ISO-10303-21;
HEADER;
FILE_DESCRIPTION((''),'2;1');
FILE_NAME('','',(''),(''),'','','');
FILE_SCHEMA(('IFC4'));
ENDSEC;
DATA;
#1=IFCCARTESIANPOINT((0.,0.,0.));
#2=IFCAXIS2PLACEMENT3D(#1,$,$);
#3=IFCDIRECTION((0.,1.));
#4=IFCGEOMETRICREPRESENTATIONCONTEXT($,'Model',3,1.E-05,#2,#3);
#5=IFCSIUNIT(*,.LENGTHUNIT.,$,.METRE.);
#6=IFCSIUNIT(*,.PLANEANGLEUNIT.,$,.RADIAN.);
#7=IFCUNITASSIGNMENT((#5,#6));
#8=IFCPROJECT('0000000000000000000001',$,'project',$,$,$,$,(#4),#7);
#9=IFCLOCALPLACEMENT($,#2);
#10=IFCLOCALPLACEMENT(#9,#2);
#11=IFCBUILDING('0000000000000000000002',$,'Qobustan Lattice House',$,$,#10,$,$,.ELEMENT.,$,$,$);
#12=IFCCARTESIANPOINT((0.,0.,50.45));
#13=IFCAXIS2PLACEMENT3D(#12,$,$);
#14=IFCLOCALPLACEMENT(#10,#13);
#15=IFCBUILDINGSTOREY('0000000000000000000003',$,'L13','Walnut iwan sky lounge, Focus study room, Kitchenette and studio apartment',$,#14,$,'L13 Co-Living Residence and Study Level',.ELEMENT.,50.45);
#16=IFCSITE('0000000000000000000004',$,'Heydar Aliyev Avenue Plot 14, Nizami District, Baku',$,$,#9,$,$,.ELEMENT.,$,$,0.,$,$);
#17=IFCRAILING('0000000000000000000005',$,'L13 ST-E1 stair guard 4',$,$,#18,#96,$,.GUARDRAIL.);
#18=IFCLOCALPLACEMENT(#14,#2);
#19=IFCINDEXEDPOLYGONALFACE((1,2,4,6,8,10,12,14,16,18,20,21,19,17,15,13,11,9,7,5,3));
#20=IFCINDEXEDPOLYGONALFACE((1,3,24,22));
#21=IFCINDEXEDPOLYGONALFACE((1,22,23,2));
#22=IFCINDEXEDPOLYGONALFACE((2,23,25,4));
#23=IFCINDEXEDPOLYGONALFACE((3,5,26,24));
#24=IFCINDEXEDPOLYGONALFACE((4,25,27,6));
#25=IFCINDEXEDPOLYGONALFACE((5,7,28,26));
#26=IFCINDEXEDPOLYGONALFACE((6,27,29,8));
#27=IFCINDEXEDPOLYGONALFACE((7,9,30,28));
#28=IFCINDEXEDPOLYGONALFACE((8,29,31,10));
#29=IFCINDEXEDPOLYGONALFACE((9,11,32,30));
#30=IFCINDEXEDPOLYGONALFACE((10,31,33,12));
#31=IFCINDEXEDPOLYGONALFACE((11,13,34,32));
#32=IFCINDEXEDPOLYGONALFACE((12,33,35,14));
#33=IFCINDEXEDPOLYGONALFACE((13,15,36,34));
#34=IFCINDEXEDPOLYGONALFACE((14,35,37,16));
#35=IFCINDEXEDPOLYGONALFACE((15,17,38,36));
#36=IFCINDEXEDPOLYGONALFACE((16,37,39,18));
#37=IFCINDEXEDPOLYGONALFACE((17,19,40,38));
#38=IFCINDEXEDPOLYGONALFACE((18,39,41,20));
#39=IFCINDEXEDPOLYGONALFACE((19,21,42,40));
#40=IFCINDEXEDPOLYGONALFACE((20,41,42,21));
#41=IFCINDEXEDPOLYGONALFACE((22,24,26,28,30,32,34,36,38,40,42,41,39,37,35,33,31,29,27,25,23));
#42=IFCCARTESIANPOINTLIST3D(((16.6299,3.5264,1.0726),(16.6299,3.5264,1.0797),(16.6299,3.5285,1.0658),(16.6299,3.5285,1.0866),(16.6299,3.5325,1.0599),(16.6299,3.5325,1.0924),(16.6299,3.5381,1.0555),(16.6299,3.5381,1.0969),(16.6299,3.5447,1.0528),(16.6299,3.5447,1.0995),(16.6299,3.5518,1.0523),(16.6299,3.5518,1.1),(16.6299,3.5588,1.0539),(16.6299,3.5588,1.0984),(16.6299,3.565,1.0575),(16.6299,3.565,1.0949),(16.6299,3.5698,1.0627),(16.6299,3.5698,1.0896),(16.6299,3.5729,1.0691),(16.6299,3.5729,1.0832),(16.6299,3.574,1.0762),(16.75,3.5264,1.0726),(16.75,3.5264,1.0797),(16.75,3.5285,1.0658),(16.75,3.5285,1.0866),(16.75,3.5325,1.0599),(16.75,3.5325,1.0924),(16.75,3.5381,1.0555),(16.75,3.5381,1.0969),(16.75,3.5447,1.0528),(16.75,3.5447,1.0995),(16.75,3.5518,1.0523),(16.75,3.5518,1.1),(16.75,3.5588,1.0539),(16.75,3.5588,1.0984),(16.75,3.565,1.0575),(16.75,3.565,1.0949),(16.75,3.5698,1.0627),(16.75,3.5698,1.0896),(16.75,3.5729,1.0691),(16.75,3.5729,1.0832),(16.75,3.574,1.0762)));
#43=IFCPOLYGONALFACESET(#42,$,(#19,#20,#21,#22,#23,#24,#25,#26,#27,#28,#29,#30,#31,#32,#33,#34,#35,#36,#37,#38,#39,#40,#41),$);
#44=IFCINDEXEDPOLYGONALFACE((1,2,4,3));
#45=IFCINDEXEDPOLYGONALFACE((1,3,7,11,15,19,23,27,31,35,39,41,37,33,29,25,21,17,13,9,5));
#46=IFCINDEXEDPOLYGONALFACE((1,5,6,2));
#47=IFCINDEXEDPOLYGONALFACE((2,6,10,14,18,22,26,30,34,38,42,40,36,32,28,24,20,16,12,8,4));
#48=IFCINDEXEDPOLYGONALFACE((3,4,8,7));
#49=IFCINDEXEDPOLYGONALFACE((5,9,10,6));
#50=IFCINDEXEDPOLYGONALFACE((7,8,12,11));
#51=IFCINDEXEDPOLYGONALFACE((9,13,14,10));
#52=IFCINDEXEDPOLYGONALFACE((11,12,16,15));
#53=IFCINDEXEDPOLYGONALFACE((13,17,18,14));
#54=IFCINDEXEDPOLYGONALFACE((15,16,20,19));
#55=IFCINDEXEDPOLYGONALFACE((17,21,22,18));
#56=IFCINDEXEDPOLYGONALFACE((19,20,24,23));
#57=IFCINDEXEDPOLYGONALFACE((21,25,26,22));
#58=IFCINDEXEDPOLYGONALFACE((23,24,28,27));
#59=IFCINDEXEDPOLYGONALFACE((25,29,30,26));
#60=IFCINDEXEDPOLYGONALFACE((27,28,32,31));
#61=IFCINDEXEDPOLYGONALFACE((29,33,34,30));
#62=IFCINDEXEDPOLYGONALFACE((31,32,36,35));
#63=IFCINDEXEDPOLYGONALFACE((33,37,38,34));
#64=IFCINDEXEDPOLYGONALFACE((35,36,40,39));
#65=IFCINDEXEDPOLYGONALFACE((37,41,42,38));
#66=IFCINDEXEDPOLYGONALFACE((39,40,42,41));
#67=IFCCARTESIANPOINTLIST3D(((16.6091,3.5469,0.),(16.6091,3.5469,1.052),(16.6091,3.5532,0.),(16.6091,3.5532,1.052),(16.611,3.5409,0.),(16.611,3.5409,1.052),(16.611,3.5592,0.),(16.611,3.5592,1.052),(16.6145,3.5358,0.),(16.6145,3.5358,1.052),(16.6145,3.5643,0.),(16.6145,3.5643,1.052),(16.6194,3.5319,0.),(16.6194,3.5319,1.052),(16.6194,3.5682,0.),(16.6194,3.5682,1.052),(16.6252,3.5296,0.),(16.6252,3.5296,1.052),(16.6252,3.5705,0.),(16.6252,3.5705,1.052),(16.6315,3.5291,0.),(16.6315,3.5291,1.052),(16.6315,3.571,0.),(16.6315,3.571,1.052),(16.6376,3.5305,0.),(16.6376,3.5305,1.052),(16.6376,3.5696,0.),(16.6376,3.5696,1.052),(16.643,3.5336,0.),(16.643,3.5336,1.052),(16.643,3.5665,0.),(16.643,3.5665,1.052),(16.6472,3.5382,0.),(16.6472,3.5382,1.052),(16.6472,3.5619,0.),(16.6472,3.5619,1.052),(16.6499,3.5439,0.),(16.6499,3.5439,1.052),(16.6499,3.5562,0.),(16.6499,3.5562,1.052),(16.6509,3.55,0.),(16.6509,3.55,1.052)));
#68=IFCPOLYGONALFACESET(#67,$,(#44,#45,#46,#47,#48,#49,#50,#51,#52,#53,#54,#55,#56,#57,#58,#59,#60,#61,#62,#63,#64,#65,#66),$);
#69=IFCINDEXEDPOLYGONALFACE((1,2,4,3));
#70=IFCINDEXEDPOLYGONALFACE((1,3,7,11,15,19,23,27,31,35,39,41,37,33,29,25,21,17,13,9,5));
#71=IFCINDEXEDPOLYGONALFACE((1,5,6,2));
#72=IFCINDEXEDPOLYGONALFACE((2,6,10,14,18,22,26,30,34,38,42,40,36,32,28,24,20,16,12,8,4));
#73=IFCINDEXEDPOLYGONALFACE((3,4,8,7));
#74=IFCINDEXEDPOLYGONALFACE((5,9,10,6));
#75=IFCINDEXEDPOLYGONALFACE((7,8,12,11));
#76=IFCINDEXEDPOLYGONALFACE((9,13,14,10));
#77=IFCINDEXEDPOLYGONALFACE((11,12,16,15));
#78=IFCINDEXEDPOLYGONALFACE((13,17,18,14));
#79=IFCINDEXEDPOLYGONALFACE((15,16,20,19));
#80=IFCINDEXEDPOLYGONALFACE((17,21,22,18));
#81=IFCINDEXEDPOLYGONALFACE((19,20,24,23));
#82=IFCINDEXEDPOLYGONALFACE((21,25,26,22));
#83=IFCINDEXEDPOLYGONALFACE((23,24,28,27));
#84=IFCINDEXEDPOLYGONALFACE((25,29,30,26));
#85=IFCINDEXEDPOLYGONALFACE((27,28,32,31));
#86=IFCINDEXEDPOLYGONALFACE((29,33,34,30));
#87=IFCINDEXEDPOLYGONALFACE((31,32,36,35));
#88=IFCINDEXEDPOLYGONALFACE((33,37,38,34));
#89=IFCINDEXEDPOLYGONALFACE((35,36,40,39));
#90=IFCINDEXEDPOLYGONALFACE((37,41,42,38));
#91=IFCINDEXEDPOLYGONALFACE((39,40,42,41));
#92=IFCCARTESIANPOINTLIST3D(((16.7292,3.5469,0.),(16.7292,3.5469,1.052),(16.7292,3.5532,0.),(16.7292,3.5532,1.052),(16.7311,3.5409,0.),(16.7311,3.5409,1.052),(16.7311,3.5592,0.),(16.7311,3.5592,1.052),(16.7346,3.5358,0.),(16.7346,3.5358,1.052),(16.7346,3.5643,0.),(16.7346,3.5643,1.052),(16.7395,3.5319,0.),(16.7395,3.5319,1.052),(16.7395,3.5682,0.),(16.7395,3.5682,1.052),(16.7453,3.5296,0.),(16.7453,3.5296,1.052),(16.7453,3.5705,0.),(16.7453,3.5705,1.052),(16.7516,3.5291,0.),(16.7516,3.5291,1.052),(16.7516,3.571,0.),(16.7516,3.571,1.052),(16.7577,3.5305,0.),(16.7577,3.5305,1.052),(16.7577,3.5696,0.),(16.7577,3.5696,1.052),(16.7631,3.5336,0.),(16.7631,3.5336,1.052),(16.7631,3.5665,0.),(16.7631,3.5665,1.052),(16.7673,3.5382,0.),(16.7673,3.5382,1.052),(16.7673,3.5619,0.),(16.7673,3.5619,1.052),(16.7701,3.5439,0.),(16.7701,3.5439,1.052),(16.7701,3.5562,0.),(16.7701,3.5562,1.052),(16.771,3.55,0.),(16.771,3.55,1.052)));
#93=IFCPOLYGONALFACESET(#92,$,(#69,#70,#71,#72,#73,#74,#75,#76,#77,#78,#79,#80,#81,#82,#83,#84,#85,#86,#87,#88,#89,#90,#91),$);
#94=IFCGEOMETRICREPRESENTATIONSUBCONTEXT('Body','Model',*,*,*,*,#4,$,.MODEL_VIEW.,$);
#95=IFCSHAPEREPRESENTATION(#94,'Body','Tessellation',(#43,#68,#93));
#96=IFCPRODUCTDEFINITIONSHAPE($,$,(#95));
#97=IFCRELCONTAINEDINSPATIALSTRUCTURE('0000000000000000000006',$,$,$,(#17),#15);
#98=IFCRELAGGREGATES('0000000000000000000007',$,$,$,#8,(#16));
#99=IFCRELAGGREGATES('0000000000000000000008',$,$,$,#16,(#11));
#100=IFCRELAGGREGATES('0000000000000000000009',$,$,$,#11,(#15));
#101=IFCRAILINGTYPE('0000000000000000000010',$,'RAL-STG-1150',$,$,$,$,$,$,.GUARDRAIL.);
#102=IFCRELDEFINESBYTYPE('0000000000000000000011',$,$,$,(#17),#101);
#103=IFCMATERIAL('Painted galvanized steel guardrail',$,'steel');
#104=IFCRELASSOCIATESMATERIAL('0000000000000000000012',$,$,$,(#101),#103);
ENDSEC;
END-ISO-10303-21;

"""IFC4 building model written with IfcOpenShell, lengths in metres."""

from ifc_helpers import new_model, si_unit, direction, frame, origin, origin_2d, place, context, subcontext, project, spatial, circle, extrude, material, type_object, element, save


model = new_model("IFC4")

# Units and contexts
model_context = context("Model", 3, precision=1e-05, world=origin(), true_north=direction((0.0, 1.0)))
body_context = subcontext(model_context, "Body", "Model", "MODEL_VIEW")
ifc_project = project(units=[si_unit("LENGTHUNIT", "METRE"), si_unit("PLANEANGLEUNIT", "RADIAN")], contexts=[model_context])

# Site, building, storey
site_placement = place(None, origin())
site = spatial("IfcSite", under=ifc_project, at=site_placement, Name="Heydar Aliyev Avenue Plot 14, Nizami District, Baku", CompositionType="ELEMENT", RefElevation=0.0)
building_placement = place(site_placement, origin())
building = spatial("IfcBuilding", under=site, at=building_placement, Name="Qobustan Lattice House", CompositionType="ELEMENT")
storey_placement = place(building_placement, frame((0.0, 0.0, 50.45)))
storey = spatial("IfcBuildingStorey", under=building, at=storey_placement, Name="L13", Description="Walnut iwan sky lounge, Focus study room, Kitchenette and studio apartment", LongName="L13 Co-Living Residence and Study Level", CompositionType="ELEMENT", Elevation=50.45)

# Railing
ifc_material_1 = material(Name="Painted galvanized steel guardrail", Category="steel")
railing_type_1 = type_object("IfcRailingType", Name="RAL-STG-1150", PredefinedType="GUARDRAIL", material=ifc_material_1)
railing_1_placement = place(storey_placement, frame((16.6299, 3.55, 0.0)))
element("IfcRailing", 1, at=railing_1_placement, inside=storey, type_object=railing_type_1, Name="L13 ST-E1 stair guard 4", PredefinedType="GUARDRAIL", context=body_context, shape_type="SweptSolid", body=[
    extrude(circle(Radius=0.0239, at=origin_2d()), frame((0.0, 0.0, 1.0762), z_axis=(1.0, 0.0, 0.0), x_axis=(0.0, 1.0, 0.0)), (0.0, 0.0, 1.0), 0.1201),
    extrude(circle(Radius=0.021, at=origin_2d()), origin(), (0.0, 0.0, 1.0), 1.052),
    extrude(circle(Radius=0.021, at=origin_2d()), frame((0.1201, 0.0, 0.0)), (0.0, 0.0, 1.0), 1.052),
])

save(model, "model.ifc")
